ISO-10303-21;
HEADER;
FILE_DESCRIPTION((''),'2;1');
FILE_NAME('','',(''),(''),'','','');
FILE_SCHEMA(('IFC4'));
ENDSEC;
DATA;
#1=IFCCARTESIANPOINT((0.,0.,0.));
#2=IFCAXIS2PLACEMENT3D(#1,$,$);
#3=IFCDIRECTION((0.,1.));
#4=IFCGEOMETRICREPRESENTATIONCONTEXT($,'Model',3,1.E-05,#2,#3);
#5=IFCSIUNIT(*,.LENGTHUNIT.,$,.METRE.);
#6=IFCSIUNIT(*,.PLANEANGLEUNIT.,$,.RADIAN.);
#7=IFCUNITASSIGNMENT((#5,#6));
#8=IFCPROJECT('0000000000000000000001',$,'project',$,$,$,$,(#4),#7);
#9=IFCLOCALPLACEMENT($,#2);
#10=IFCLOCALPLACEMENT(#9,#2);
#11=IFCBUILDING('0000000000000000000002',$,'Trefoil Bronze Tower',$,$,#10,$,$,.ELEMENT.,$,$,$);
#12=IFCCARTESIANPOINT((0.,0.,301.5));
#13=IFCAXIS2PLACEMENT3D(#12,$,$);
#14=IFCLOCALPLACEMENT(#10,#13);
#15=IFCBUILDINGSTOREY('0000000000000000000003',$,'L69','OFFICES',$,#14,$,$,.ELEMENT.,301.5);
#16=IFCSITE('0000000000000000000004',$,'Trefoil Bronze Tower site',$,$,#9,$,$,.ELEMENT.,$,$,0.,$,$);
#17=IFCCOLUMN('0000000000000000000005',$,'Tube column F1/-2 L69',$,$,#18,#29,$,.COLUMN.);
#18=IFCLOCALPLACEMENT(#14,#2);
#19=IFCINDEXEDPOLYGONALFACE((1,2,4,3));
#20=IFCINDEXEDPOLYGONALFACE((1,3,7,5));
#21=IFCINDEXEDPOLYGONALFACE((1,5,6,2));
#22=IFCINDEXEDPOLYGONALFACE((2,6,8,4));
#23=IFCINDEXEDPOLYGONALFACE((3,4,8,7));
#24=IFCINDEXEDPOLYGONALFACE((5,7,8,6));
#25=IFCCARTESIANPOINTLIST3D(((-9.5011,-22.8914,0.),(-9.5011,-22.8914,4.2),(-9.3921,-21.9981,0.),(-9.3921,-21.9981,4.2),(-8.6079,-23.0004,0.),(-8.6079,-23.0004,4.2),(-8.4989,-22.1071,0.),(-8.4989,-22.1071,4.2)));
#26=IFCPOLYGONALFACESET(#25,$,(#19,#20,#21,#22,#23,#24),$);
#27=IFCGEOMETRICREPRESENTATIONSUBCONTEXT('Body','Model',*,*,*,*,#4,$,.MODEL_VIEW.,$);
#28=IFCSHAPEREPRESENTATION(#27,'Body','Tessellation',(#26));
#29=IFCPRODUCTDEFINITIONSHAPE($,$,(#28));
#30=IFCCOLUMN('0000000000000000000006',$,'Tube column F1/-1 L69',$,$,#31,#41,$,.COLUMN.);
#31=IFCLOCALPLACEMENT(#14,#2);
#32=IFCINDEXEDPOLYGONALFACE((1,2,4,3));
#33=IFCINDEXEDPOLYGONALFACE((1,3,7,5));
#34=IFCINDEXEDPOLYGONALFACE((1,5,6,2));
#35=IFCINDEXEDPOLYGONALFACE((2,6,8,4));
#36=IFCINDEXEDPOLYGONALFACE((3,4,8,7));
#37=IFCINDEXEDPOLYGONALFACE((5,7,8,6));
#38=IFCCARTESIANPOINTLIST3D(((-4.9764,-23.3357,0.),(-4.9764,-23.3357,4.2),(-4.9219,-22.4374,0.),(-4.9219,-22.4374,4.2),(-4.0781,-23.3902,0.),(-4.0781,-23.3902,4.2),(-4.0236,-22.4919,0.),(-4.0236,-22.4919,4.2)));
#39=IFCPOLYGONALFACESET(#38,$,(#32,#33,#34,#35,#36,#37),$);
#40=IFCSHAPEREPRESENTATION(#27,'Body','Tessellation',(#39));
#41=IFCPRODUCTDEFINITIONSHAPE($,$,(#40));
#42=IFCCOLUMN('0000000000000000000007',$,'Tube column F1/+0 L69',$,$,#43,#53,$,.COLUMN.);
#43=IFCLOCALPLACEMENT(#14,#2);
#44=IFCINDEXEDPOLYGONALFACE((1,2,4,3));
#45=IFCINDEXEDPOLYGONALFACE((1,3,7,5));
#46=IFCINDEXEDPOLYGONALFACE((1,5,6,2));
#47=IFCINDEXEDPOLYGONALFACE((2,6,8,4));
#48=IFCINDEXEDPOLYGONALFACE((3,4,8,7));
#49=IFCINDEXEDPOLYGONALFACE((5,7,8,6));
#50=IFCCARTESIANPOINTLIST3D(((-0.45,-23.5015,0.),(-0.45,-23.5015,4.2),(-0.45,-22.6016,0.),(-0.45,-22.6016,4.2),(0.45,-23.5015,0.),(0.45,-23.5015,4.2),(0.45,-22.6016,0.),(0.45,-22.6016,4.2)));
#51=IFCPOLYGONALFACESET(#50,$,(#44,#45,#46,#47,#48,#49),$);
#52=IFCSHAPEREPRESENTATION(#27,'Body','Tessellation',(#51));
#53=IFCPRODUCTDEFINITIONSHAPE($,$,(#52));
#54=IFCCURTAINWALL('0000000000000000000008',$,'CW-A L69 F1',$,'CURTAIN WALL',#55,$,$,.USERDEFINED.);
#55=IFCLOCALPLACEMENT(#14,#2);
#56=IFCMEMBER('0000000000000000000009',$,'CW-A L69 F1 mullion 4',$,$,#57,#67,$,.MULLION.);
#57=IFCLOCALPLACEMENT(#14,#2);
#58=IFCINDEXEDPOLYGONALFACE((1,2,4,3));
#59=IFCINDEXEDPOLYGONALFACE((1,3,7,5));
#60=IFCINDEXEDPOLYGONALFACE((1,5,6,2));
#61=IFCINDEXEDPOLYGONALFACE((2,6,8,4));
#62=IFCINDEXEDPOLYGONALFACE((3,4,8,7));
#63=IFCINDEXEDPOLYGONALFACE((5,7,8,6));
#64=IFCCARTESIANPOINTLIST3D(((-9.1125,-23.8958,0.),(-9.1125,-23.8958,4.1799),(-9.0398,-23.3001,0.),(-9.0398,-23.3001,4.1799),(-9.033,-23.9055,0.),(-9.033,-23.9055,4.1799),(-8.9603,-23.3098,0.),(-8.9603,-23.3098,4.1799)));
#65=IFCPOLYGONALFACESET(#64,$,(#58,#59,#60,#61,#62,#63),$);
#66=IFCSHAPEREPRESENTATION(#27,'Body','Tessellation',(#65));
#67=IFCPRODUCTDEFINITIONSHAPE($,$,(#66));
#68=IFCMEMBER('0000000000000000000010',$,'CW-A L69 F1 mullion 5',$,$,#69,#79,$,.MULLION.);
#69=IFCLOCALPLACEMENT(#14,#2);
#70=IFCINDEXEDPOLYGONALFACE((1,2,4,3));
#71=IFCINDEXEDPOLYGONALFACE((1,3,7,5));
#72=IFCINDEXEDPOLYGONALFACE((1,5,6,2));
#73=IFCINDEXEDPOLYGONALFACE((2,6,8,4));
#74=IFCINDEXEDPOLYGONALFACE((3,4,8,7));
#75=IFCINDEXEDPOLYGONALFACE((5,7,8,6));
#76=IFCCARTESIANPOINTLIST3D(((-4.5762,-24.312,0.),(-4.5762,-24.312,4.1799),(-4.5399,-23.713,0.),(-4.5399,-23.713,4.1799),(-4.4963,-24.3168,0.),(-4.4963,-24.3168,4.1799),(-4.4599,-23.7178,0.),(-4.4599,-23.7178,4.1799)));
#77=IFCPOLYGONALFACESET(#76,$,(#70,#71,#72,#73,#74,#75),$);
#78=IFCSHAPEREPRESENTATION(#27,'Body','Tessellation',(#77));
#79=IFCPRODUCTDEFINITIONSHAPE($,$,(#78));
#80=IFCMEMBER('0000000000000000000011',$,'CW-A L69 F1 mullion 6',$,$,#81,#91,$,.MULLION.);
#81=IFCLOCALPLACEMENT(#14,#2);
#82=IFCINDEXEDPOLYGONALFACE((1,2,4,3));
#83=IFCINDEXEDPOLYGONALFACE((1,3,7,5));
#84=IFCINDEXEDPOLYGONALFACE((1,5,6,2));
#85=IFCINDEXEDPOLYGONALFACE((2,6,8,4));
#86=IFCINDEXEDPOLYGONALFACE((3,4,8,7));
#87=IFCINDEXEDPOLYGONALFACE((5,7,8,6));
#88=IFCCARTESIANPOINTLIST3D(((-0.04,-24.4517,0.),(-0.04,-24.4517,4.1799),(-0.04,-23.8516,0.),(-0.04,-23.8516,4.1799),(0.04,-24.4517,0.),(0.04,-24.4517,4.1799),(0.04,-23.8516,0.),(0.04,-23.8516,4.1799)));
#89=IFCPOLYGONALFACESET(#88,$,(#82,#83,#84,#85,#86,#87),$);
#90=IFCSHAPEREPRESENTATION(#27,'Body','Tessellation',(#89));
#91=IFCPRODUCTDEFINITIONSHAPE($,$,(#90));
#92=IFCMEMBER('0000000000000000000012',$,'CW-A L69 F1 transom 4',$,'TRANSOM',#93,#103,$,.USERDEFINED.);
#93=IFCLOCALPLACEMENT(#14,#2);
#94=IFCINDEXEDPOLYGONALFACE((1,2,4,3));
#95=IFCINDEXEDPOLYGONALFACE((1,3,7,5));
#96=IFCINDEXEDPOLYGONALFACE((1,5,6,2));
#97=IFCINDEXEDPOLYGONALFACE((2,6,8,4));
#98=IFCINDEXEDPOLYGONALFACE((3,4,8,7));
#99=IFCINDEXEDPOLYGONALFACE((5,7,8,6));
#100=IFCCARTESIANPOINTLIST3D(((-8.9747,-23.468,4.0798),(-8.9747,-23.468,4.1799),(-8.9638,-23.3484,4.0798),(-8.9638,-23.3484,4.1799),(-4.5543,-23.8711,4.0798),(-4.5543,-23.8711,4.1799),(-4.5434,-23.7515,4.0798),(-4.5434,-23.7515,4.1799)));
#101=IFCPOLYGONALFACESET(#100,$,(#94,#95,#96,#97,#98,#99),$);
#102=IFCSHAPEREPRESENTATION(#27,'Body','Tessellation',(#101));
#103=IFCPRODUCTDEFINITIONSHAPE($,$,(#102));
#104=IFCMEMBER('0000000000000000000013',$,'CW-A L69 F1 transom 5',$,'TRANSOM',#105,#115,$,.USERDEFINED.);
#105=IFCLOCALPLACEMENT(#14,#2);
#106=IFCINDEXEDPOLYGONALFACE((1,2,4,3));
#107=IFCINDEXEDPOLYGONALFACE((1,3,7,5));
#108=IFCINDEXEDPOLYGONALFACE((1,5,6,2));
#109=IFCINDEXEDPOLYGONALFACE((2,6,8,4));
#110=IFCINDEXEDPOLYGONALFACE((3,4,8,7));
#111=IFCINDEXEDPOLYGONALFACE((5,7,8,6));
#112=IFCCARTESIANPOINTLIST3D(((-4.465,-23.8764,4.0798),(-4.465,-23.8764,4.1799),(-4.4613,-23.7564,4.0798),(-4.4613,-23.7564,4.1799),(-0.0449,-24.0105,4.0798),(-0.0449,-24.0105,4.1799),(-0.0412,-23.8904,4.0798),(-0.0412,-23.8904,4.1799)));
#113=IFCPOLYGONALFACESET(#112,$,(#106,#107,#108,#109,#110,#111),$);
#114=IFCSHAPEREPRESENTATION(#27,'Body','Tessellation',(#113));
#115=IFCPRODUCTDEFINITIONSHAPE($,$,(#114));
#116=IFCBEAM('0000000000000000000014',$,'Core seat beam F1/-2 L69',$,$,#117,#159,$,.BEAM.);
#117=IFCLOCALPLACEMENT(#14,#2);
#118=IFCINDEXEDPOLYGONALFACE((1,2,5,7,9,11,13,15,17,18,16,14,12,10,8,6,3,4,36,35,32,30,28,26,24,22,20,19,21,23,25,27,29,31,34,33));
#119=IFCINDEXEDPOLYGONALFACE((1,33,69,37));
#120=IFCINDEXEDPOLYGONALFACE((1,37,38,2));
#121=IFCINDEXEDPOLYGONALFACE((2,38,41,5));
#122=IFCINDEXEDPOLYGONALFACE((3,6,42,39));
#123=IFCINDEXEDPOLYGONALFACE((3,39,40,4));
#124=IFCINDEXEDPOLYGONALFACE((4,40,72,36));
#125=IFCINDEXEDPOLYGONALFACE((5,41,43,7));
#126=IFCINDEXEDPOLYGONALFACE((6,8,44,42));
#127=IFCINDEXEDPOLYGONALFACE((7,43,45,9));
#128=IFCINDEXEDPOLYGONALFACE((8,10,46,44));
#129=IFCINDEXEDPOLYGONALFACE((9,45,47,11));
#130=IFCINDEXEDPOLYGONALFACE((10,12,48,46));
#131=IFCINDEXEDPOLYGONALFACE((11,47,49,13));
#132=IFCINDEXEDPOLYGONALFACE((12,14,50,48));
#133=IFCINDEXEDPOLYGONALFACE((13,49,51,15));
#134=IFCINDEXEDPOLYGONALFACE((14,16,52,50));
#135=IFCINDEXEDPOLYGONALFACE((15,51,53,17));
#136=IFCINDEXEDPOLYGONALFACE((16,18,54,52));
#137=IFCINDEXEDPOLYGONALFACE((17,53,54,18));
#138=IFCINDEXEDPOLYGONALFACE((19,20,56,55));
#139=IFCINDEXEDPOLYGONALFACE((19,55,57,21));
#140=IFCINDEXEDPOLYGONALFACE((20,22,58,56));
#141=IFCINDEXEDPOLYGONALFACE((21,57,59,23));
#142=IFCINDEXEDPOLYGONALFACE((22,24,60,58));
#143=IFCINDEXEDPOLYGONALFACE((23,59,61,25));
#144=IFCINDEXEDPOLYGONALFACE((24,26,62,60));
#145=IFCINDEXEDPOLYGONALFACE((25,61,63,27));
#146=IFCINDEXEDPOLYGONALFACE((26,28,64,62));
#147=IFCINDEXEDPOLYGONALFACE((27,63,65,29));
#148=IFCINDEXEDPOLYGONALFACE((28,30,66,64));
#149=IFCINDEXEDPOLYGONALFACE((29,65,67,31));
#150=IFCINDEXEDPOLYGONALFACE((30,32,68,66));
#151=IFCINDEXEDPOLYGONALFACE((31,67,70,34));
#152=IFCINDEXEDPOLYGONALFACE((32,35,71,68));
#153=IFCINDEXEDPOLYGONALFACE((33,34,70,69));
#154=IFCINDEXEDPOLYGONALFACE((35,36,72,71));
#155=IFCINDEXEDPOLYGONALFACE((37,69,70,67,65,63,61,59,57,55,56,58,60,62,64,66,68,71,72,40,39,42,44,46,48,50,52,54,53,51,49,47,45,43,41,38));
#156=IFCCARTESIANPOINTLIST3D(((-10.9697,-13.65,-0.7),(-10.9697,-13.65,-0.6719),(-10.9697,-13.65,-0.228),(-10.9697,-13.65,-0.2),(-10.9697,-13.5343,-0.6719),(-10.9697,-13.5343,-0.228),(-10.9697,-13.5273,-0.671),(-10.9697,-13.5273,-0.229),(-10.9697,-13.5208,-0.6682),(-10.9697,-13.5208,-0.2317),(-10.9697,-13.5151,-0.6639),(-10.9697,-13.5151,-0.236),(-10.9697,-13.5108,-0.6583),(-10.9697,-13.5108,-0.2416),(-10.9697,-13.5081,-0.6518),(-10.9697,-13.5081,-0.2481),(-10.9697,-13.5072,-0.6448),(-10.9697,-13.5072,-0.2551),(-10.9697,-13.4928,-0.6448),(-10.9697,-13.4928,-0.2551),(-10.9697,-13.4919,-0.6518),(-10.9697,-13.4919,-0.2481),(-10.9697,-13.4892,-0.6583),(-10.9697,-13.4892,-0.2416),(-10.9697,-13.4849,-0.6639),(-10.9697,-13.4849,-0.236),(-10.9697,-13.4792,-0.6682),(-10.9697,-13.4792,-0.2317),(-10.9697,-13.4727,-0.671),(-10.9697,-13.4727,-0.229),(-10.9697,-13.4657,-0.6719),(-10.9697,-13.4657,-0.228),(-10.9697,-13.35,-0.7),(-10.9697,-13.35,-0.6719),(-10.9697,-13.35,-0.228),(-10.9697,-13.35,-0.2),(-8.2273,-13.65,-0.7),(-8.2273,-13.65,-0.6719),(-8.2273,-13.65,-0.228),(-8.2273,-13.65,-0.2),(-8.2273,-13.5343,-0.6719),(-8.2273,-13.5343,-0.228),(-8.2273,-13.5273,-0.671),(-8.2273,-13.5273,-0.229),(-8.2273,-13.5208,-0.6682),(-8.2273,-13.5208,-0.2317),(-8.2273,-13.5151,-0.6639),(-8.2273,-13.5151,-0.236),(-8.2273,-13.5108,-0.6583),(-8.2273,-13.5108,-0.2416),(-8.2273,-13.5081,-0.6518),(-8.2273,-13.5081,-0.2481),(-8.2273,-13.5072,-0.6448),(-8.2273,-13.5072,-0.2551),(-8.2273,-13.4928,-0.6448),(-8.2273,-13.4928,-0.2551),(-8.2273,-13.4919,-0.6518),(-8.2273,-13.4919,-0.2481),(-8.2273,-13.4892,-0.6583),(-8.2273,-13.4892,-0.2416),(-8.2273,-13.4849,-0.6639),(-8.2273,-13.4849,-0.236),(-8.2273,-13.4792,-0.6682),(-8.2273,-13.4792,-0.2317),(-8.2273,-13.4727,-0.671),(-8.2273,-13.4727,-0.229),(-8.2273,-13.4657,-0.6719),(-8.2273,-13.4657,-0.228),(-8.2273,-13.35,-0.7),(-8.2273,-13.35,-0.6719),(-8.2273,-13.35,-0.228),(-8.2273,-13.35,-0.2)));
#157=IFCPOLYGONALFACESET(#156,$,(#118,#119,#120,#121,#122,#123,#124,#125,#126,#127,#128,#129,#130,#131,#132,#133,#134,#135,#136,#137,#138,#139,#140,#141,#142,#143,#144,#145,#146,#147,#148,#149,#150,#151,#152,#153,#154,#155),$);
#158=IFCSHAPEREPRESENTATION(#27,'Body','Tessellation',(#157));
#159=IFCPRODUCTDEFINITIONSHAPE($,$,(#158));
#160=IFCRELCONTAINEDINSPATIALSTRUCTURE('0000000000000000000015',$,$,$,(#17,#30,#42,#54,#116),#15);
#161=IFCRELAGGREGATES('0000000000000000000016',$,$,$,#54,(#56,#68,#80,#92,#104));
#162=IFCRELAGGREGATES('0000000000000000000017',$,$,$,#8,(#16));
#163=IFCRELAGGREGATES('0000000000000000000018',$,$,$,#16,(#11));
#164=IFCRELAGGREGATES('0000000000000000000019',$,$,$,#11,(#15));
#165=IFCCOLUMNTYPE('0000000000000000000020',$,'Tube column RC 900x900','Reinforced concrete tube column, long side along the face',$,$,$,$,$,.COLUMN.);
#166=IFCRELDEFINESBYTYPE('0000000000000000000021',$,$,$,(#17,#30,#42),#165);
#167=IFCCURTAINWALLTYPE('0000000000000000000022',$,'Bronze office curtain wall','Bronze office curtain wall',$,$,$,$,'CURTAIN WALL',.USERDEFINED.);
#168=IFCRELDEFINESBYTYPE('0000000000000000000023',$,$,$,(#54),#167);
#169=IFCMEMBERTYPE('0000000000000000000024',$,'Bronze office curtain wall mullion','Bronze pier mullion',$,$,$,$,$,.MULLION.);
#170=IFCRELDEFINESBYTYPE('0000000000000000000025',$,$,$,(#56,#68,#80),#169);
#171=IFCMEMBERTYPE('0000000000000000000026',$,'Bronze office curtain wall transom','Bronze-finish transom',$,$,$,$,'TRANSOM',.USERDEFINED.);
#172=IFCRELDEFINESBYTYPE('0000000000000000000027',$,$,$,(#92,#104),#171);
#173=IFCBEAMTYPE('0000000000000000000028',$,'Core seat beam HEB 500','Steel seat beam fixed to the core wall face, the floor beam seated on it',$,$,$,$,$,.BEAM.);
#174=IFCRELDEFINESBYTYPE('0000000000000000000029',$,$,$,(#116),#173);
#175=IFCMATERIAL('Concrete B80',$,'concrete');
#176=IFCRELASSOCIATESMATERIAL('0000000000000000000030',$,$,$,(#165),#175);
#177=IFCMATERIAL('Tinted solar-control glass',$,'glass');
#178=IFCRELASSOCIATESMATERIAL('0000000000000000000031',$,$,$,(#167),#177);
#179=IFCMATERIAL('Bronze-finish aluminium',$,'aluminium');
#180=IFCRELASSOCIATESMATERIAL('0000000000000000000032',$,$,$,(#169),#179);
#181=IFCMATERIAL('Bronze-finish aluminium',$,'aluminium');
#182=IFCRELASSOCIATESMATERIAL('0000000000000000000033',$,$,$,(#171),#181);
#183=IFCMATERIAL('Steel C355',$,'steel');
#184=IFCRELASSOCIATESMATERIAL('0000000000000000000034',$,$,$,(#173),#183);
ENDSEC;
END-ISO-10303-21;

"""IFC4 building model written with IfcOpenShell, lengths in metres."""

from ifc_helpers import new_model, si_unit, direction, frame, origin, origin_2d, place, context, subcontext, project, spatial, rectangle, i_section, extrude, material, material_profile, profile_set, type_object, element, aggregate, save


model = new_model("IFC4")

# Units and contexts
model_context = context("Model", 3, precision=1e-05, world=origin(), true_north=direction((0.0, 1.0)))
body_context = subcontext(model_context, "Body", "Model", "MODEL_VIEW")
ifc_project = project(units=[si_unit("LENGTHUNIT", "METRE"), si_unit("PLANEANGLEUNIT", "RADIAN")], contexts=[model_context])

# Site, building, storey
site_placement = place(None, origin())
site = spatial("IfcSite", under=ifc_project, at=site_placement, Name="Trefoil Bronze Tower site", CompositionType="ELEMENT", RefElevation=0.0)
building_placement = place(site_placement, origin())
building = spatial("IfcBuilding", under=site, at=building_placement, Name="Trefoil Bronze Tower", CompositionType="ELEMENT")
storey_placement = place(building_placement, frame((0.0, 0.0, 301.5)))
storey = spatial("IfcBuildingStorey", under=building, at=storey_placement, Name="L69", Description="OFFICES", CompositionType="ELEMENT", Elevation=301.5)

# Columns
ifc_material_1 = material(Name="Concrete B80", Category="concrete")
ifc_material_profile_1 = material_profile(ifc_material_1, rectangle(XDim=0.8999, YDim=0.8999, at=origin_2d()), Name="RC 900x900")
ifc_profile_set_1 = profile_set([ifc_material_profile_1], Name="Concrete B80")
column_type = type_object("IfcColumnType", Name="Tube column RC 900x900", Description="Reinforced concrete tube column, long side along the face", PredefinedType="COLUMN", material=ifc_profile_set_1)
for number, where, z_axis, x_axis, name in (
    (1, (-9.0, -22.4993, 0.0), (0.0, 0.0, 1.0), (0.992639, -0.121109, 0.0), "Tube column F1/-2 L69"),
    (2, (-4.5, -22.9138, 0.0), (0.0, 0.0, 1.0), (0.998165, -0.060554, 0.0), "Tube column F1/-1 L69"),
    (3, (0.0, -23.0515, 0.0), (0.0, 0.0, 1.0), (1.0, 0.0, 0.0), "Tube column F1/+0 L69"),
):
    element("IfcColumn", number, at=place(storey_placement, frame(where, z_axis=z_axis, x_axis=x_axis)), inside=storey, type_object=column_type, Name=name, PredefinedType="COLUMN", context=body_context, shape_type="SweptSolid", body=[
        extrude(rectangle(XDim=0.8999, YDim=0.8999, at=origin_2d()), origin(), (0.0, 0.0, 1.0), 4.2),
    ])

# Curtain wall, members
ifc_material_2 = material(Name="Tinted solar-control glass", Category="glass")
curtain_wall_type = type_object("IfcCurtainWallType", Name="Bronze office curtain wall", Description="Bronze office curtain wall", ElementType="CURTAIN WALL", PredefinedType="USERDEFINED", material=ifc_material_2)
curtain_wall_placement = place(storey_placement, origin())
curtain_wall = element("IfcCurtainWall", 4, at=curtain_wall_placement, inside=storey, type_object=curtain_wall_type, Name="CW-A L69 F1", ObjectType="CURTAIN WALL", PredefinedType="USERDEFINED")
ifc_material_3 = material(Name="Bronze-finish aluminium", Category="aluminium")
ifc_material_profile_2 = material_profile(ifc_material_3, rectangle(XDim=0.6001, YDim=0.0801, at=origin_2d()), Name="CW-A mullion")
ifc_profile_set_2 = profile_set([ifc_material_profile_2], Name="Bronze-finish aluminium")
member_type_1 = type_object("IfcMemberType", Name="Bronze office curtain wall mullion", Description="Bronze pier mullion", PredefinedType="MULLION", material=ifc_profile_set_2)
member_1_placement = place(storey_placement, frame((-9.0364, -23.6028, 0.0), z_axis=(0.0, 0.0, 1.0), x_axis=(0.121109, 0.992639, 0.0)))
member_1 = element("IfcMember", 5, at=member_1_placement, type_object=member_type_1, Name="CW-A L69 F1 mullion 4", PredefinedType="MULLION", context=body_context, shape_type="SweptSolid", body=[
    extrude(rectangle(XDim=0.6001, YDim=0.0801, at=origin_2d()), origin(), (0.0, 0.0, 1.0), 4.1799),
])
member_2_placement = place(storey_placement, frame((-4.5181, -24.0149, 0.0), z_axis=(0.0, 0.0, 1.0), x_axis=(0.060554, 0.998165, 0.0)))
member_2 = element("IfcMember", 6, at=member_2_placement, type_object=member_type_1, Name="CW-A L69 F1 mullion 5", PredefinedType="MULLION", context=body_context, shape_type="SweptSolid", body=[
    extrude(rectangle(XDim=0.6001, YDim=0.0801, at=origin_2d()), origin(), (0.0, 0.0, 1.0), 4.1799),
])
member_3_placement = place(storey_placement, frame((0.0, -24.1516, 0.0), z_axis=(0.0, 0.0, 1.0), x_axis=(0.0, 1.0, 0.0)))
member_3 = element("IfcMember", 7, at=member_3_placement, type_object=member_type_1, Name="CW-A L69 F1 mullion 6", PredefinedType="MULLION", context=body_context, shape_type="SweptSolid", body=[
    extrude(rectangle(XDim=0.6001, YDim=0.0801, at=origin_2d()), origin(), (0.0, 0.0, 1.0), 4.1799),
])
ifc_material_4 = material(Name="Bronze-finish aluminium", Category="aluminium")
ifc_material_profile_3 = material_profile(ifc_material_4, rectangle(XDim=0.1201, YDim=0.1001, at=origin_2d()), Name="CW-A transom")
ifc_profile_set_3 = profile_set([ifc_material_profile_3], Name="Bronze-finish aluminium")
member_type_2 = type_object("IfcMemberType", Name="Bronze office curtain wall transom", Description="Bronze-finish transom", ElementType="TRANSOM", PredefinedType="USERDEFINED", material=ifc_profile_set_3)
member_4_placement = place(storey_placement, frame((-8.9692, -23.4082, 4.1299), z_axis=(0.995868, -0.090808, 0.0), x_axis=(0.090808, 0.995868, 0.0)))
member_4 = element("IfcMember", 8, at=member_4_placement, type_object=member_type_2, Name="CW-A L69 F1 transom 4", ObjectType="TRANSOM", PredefinedType="USERDEFINED", context=body_context, shape_type="SweptSolid", body=[
    extrude(rectangle(XDim=0.1201, YDim=0.1001, at=origin_2d()), origin(), (0.0, 0.0, 1.0), 4.4387),
])
member_5_placement = place(storey_placement, frame((-4.4631, -23.8164, 4.1299), z_axis=(0.999541, -0.030309, 0.0), x_axis=(0.030309, 0.999541, 0.0)))
member_5 = element("IfcMember", 9, at=member_5_placement, type_object=member_type_2, Name="CW-A L69 F1 transom 5", ObjectType="TRANSOM", PredefinedType="USERDEFINED", context=body_context, shape_type="SweptSolid", body=[
    extrude(rectangle(XDim=0.1201, YDim=0.1001, at=origin_2d()), origin(), (0.0, 0.0, 1.0), 4.4221),
])

# Beam
ifc_material_5 = material(Name="Steel C355", Category="steel")
ifc_material_profile_4 = material_profile(ifc_material_5, i_section(OverallWidth=0.3, OverallDepth=0.5, WebThickness=0.0144, FlangeThickness=0.0281, FilletRadius=0.0271, at=origin_2d()), Name="HEB 500")
ifc_profile_set_4 = profile_set([ifc_material_profile_4], Name="Steel C355")
beam_type_1 = type_object("IfcBeamType", Name="Core seat beam HEB 500", Description="Steel seat beam fixed to the core wall face, the floor beam seated on it", PredefinedType="BEAM", material=ifc_profile_set_4)
for number, where, z_axis, x_axis, name in (
    (10, (-10.9697, -13.5, -0.45), (1.0, 0.0, 0.0), (0.0, 1.0, 0.0), "Core seat beam F1/-2 L69"),
):
    element("IfcBeam", number, at=place(storey_placement, frame(where, z_axis=z_axis, x_axis=x_axis)), inside=storey, type_object=beam_type_1, Name=name, PredefinedType="BEAM", context=body_context, shape_type="SweptSolid", body=[
        extrude(i_section(OverallWidth=0.3, OverallDepth=0.5, WebThickness=0.0144, FlangeThickness=0.0281, FilletRadius=0.0271, at=origin_2d()), origin(), (0.0, 0.0, 1.0), 2.7424),
    ])

aggregate(curtain_wall, [member_1, member_2, member_3, member_4, member_5])

save(model, "model.ifc")
